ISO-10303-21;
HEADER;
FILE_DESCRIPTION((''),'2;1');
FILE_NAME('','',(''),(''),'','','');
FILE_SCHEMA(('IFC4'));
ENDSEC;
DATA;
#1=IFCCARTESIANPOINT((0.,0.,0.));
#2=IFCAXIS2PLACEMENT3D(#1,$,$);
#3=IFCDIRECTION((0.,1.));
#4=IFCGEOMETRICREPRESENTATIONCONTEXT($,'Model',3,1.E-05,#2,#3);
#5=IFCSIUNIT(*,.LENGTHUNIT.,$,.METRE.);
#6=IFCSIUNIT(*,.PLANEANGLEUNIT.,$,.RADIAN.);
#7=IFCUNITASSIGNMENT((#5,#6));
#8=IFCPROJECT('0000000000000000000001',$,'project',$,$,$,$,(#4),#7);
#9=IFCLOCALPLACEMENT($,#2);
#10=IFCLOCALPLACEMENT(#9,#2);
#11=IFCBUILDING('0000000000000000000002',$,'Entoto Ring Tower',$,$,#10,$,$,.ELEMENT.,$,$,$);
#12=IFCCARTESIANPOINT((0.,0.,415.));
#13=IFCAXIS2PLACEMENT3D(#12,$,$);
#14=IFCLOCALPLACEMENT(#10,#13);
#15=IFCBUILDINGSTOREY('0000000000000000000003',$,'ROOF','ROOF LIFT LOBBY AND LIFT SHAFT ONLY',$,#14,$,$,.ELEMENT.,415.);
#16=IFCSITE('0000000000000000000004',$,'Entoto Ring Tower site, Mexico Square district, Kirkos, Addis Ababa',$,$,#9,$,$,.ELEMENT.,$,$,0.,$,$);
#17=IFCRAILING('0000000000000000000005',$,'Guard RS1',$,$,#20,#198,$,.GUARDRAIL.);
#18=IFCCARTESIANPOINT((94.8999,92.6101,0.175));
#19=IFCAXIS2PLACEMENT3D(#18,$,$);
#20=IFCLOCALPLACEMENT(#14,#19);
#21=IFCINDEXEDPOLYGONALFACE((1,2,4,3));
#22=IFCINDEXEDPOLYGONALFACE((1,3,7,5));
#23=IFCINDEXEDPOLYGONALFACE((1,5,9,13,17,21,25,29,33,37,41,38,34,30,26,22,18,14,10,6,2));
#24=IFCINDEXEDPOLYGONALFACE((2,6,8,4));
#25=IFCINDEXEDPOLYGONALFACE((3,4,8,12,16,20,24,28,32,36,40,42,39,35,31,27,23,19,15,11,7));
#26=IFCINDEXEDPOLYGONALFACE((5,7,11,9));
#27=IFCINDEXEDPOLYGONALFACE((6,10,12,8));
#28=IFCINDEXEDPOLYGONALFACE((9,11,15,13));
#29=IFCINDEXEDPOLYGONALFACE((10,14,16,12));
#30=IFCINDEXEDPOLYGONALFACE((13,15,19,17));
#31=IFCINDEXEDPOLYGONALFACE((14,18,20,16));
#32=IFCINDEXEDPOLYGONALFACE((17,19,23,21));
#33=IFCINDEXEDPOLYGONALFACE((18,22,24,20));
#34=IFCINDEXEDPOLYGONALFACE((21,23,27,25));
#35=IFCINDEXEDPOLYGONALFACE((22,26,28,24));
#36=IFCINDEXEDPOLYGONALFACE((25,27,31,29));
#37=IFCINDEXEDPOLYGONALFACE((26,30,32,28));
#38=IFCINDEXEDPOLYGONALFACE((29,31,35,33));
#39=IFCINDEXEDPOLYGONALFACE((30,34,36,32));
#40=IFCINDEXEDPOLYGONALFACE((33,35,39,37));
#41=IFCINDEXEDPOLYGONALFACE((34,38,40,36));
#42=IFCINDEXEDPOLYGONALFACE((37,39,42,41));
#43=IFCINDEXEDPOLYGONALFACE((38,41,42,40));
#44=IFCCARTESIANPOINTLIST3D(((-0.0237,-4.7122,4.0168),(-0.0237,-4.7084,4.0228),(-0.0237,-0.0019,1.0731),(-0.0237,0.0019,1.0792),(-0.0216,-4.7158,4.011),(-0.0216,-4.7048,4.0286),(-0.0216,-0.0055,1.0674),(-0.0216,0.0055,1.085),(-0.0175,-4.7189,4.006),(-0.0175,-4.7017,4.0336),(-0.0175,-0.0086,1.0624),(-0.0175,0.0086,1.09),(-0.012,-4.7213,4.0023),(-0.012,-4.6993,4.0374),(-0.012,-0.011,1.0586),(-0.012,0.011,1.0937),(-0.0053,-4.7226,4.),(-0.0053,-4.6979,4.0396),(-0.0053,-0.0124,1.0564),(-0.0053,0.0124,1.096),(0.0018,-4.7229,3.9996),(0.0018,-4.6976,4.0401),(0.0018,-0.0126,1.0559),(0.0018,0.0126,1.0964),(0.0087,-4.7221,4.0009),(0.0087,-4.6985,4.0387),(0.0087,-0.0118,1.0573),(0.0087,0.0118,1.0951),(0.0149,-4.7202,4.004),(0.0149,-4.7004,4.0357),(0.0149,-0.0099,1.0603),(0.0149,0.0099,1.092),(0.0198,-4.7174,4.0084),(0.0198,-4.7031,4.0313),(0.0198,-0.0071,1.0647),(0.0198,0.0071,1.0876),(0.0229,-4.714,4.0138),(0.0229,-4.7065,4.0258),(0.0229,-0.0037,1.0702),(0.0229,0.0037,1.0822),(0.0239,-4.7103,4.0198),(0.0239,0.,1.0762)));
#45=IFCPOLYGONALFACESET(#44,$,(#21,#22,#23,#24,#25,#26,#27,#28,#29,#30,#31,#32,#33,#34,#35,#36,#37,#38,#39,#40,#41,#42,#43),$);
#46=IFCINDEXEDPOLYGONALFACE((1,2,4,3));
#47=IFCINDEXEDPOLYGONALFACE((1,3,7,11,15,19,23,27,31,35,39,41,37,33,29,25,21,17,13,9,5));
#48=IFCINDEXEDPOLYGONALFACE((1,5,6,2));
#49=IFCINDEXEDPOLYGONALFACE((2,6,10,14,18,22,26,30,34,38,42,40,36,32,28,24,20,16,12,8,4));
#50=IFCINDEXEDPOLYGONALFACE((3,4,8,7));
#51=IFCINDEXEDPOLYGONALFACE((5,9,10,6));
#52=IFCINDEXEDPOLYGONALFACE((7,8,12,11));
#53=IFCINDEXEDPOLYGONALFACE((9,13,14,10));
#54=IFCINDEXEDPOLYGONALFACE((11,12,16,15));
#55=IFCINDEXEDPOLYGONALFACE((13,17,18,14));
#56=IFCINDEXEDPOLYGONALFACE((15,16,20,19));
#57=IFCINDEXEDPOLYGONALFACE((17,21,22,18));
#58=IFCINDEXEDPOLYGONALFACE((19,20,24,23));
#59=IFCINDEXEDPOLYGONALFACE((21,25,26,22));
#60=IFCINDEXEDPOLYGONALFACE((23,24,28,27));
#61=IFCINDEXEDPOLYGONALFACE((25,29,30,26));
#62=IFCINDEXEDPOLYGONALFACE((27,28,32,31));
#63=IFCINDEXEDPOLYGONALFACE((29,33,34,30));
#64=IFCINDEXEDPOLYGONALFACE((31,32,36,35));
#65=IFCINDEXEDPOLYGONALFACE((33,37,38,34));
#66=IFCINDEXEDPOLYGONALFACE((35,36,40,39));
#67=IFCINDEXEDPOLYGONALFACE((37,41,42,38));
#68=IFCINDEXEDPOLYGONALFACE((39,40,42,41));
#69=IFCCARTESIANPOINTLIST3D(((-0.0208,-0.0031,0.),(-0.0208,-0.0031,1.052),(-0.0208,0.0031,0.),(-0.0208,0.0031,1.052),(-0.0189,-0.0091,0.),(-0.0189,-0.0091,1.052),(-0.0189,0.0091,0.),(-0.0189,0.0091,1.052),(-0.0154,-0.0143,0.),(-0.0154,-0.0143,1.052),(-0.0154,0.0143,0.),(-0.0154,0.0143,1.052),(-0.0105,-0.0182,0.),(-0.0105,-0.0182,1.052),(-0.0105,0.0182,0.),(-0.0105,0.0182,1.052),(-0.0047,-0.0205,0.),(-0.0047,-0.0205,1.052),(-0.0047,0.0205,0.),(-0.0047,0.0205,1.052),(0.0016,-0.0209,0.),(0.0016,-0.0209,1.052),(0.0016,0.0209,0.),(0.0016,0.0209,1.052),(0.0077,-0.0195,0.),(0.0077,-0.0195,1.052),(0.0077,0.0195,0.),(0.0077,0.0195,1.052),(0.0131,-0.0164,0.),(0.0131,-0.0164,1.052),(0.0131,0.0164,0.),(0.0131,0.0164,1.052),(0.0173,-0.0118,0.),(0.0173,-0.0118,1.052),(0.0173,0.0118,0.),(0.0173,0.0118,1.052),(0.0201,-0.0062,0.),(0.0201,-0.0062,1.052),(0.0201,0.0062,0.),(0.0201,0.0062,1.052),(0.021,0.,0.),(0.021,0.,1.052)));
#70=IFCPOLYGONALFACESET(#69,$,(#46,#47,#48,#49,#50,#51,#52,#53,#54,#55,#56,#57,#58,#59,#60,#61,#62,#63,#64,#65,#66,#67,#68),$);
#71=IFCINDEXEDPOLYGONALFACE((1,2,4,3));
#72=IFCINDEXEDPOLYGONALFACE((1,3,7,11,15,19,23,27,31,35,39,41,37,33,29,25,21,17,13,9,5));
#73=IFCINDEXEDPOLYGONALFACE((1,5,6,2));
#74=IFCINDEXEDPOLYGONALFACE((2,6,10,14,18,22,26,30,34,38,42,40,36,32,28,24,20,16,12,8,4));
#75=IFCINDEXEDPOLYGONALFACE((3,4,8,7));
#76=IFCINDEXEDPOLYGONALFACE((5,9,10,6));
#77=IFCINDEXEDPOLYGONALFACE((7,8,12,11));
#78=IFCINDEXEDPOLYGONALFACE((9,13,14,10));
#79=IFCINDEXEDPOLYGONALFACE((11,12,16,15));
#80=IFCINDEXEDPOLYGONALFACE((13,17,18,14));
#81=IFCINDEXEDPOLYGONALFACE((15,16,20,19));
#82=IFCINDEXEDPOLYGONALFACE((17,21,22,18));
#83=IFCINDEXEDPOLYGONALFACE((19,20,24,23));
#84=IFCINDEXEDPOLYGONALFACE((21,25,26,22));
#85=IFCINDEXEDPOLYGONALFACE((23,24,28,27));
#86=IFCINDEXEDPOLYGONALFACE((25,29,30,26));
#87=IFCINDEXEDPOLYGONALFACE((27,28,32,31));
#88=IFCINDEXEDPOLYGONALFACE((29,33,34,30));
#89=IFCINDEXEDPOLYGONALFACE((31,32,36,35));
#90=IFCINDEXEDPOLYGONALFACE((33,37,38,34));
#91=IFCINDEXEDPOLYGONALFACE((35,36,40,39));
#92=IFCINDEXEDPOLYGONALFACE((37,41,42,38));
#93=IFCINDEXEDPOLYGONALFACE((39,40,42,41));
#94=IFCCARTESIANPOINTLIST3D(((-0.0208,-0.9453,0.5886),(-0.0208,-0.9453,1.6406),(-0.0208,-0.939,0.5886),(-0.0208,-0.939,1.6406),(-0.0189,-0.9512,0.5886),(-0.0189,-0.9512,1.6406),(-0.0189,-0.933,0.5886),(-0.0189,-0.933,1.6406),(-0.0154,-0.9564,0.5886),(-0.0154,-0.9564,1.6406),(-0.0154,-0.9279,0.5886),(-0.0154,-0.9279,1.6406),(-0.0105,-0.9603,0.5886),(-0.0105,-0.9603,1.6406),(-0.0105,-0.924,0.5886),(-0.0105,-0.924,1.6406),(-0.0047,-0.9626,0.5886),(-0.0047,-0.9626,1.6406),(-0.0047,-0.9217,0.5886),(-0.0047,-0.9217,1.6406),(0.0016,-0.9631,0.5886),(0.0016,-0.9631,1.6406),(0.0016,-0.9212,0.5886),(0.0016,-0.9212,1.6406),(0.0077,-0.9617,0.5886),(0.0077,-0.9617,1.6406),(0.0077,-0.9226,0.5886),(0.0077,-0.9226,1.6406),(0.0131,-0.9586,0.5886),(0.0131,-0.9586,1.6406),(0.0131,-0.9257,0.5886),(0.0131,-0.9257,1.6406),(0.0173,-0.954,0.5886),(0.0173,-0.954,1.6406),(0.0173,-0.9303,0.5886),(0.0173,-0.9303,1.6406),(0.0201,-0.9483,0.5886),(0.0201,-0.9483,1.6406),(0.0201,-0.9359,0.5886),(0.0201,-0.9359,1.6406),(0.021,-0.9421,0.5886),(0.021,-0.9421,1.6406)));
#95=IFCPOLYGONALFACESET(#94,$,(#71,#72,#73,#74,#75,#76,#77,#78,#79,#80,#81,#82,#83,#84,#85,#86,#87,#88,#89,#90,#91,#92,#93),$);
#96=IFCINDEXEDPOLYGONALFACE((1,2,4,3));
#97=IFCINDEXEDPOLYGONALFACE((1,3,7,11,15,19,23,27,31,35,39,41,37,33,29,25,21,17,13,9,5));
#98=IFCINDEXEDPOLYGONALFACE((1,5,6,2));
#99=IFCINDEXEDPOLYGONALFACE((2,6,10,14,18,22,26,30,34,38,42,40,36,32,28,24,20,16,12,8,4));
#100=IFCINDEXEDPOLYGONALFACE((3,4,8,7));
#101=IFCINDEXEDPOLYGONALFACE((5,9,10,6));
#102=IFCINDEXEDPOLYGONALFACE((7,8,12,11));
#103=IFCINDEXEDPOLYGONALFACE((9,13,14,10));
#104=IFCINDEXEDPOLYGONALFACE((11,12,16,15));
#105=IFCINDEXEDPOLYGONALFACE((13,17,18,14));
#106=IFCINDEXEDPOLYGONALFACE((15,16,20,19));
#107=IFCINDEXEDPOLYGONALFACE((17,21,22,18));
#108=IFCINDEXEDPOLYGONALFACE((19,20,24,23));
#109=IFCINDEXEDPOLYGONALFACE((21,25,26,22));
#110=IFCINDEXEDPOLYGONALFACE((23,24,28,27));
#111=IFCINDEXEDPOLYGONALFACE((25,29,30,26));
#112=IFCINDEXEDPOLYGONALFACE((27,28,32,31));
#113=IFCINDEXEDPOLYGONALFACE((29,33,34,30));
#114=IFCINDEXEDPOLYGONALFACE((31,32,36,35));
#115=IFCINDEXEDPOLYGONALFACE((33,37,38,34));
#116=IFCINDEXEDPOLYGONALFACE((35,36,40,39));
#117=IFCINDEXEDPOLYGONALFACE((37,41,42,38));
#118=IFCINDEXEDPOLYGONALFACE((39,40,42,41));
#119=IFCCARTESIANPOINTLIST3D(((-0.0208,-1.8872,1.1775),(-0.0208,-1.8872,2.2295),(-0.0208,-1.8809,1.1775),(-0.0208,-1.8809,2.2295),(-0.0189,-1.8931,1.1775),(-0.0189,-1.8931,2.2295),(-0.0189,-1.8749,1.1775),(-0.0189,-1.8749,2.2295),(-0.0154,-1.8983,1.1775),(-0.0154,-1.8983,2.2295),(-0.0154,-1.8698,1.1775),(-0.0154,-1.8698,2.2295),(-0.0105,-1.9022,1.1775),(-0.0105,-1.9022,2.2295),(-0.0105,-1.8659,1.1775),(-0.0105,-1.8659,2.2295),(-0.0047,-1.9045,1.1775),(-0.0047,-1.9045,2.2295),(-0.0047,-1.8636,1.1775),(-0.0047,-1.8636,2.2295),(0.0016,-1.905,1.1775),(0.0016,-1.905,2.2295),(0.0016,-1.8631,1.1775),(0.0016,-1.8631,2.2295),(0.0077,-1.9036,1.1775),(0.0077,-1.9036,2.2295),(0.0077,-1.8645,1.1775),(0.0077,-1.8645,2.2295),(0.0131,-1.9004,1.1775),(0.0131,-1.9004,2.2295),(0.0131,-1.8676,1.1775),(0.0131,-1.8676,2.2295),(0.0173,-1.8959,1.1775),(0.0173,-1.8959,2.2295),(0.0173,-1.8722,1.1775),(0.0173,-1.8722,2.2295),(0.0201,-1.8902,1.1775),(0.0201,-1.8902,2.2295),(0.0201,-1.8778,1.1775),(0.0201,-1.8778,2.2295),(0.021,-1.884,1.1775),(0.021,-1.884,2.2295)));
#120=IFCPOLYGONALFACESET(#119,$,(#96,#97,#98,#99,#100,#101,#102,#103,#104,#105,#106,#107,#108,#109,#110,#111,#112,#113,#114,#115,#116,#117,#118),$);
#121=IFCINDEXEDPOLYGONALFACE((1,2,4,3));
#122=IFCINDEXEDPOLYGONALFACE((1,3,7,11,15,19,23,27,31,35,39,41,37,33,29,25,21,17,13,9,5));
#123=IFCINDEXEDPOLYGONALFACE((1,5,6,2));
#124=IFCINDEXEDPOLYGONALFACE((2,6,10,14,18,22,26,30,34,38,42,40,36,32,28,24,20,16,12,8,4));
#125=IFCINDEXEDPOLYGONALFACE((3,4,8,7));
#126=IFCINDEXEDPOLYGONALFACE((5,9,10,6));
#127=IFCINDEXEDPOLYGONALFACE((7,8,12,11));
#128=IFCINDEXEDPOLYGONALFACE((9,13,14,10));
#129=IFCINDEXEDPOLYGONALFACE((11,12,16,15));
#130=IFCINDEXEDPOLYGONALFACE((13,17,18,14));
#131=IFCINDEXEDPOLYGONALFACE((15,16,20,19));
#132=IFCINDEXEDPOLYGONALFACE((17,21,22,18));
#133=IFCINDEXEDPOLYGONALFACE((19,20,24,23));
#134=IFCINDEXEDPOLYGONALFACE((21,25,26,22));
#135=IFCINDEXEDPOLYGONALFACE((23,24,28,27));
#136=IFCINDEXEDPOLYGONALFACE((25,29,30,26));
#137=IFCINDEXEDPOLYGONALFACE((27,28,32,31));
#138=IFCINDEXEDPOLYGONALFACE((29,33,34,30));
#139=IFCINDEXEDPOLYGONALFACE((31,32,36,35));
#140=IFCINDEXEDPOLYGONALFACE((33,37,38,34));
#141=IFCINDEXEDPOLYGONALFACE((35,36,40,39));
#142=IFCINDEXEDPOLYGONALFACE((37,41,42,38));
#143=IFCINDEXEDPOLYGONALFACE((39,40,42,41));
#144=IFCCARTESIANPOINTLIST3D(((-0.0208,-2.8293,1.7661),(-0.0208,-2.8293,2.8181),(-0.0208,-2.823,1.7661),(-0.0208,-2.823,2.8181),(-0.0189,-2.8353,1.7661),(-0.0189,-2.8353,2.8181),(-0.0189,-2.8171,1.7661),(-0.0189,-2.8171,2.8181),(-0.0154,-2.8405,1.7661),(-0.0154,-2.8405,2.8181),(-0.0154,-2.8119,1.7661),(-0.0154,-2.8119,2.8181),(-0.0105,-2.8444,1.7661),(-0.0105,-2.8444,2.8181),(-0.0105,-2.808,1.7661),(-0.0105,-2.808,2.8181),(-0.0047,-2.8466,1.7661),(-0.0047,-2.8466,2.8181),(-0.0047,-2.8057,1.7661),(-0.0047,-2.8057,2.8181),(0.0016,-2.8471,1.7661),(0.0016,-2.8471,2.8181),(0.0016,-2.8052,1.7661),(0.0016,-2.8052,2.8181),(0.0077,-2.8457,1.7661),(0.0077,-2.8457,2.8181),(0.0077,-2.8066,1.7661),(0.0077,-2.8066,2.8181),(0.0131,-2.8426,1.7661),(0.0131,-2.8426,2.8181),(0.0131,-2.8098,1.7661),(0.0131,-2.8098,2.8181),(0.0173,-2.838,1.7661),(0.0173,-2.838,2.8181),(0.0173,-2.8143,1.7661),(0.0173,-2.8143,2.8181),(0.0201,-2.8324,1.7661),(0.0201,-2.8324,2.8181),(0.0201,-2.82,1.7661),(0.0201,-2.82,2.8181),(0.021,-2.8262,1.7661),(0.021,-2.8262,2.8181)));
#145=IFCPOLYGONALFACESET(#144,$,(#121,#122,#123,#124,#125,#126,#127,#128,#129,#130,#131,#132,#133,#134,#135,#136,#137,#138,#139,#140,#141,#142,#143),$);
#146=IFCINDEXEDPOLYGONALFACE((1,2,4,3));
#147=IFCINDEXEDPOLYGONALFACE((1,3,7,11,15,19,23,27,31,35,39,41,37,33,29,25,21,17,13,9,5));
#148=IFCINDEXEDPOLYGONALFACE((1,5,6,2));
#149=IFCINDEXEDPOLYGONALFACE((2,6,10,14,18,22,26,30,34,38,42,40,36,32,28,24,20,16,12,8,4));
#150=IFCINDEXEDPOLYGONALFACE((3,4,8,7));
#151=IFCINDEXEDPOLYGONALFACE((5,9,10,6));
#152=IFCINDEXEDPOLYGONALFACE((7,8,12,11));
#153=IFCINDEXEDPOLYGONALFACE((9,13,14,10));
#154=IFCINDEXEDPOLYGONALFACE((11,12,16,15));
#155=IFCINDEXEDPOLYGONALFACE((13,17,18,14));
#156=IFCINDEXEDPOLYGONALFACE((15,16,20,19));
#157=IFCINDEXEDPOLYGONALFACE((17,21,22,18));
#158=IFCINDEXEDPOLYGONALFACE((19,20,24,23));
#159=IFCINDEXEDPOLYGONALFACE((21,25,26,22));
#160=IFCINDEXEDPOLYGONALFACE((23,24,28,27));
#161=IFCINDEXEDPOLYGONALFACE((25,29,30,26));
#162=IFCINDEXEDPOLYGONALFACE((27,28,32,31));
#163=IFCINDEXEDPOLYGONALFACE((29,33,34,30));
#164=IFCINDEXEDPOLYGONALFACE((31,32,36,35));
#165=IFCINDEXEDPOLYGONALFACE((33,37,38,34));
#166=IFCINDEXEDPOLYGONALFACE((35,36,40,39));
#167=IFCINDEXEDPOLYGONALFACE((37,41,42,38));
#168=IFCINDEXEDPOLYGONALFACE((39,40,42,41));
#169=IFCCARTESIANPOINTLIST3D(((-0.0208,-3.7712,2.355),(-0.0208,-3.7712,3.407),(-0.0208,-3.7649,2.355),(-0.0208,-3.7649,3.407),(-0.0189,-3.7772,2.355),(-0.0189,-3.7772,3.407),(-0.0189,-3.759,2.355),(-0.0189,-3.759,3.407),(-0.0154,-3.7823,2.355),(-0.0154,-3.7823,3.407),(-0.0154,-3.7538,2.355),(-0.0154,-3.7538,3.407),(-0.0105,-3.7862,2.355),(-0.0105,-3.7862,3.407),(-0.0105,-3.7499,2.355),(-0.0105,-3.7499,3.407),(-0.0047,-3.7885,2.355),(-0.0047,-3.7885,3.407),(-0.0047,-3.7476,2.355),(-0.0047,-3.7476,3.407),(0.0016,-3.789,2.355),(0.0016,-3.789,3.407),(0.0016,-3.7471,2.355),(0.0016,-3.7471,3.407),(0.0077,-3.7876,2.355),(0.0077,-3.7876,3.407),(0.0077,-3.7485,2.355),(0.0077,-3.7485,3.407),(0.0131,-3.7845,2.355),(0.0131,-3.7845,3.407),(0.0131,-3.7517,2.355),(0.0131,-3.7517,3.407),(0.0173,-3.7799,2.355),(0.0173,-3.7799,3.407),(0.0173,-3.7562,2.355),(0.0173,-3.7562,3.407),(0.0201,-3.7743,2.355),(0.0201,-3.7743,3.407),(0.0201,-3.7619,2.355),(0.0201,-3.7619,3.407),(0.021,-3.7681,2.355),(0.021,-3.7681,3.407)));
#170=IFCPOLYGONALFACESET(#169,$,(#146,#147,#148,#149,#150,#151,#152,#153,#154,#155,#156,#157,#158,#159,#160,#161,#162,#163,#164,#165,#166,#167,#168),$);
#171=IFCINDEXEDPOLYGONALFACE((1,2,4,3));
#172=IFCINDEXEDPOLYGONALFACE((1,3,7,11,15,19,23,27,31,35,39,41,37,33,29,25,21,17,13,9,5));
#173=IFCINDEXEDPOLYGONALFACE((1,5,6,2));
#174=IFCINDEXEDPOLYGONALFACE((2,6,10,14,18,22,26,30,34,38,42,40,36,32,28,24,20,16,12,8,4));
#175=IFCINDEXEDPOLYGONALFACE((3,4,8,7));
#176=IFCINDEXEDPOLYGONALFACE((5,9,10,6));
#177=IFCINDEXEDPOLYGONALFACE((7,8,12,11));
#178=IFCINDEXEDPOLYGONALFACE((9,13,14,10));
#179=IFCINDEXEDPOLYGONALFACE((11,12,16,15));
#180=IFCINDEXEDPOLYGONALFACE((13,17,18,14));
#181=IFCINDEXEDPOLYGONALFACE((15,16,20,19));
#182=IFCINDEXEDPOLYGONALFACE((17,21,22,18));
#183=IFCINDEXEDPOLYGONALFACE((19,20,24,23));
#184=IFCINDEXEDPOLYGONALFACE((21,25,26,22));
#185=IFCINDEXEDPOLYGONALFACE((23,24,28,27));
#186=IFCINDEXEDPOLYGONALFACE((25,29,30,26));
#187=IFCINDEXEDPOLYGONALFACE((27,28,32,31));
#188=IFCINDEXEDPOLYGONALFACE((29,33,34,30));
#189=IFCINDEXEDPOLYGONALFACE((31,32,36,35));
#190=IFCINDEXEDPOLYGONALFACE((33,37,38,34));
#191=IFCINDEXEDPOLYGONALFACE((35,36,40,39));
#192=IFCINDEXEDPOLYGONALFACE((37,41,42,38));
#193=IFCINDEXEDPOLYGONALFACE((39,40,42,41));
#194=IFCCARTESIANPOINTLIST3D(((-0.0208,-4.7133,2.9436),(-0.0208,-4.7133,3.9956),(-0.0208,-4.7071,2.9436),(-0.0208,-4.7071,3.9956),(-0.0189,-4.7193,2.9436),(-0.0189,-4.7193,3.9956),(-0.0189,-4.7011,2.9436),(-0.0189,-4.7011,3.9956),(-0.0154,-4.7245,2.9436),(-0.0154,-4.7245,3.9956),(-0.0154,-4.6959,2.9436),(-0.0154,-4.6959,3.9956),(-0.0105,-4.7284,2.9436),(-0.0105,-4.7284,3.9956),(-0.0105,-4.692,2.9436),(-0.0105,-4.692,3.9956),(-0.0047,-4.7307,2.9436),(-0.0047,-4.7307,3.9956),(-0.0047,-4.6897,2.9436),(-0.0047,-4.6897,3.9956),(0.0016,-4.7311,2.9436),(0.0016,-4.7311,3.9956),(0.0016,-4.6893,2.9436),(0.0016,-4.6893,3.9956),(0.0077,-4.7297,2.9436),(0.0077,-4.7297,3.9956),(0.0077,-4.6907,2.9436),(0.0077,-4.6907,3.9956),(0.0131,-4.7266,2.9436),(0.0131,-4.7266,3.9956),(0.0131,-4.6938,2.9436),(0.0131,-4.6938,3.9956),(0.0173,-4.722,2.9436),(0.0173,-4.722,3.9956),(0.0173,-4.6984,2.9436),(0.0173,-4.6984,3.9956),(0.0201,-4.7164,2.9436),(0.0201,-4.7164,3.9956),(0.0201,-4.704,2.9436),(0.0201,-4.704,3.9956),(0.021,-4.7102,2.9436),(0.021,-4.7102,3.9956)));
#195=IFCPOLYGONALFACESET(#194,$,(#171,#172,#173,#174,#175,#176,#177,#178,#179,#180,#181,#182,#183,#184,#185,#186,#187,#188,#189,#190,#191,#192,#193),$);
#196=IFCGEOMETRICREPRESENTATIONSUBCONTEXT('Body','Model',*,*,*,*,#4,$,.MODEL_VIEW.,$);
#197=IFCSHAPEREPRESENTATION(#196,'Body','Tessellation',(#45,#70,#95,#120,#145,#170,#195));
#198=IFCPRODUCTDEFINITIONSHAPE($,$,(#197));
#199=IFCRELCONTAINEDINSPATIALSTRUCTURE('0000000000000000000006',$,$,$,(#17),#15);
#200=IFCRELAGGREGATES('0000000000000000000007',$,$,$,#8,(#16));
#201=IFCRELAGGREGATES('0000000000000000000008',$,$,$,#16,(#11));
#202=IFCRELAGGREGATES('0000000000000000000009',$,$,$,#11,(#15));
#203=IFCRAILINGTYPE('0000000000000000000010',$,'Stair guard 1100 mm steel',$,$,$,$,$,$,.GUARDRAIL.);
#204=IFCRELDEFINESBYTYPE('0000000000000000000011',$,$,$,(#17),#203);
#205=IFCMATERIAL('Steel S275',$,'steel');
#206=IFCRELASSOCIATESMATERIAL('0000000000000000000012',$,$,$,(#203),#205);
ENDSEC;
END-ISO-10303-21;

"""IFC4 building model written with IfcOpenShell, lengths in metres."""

from ifc_helpers import new_model, si_unit, direction, frame, origin, origin_2d, place, context, subcontext, project, spatial, circle, extrude, material, type_object, element, save


model = new_model("IFC4")

# Units and contexts
model_context = context("Model", 3, precision=1e-05, world=origin(), true_north=direction((0.0, 1.0)))
body_context = subcontext(model_context, "Body", "Model", "MODEL_VIEW")
ifc_project = project(units=[si_unit("LENGTHUNIT", "METRE"), si_unit("PLANEANGLEUNIT", "RADIAN")], contexts=[model_context])

# Site, building, storey
site_placement = place(None, origin())
site = spatial("IfcSite", under=ifc_project, at=site_placement, Name="Entoto Ring Tower site, Mexico Square district, Kirkos, Addis Ababa", CompositionType="ELEMENT", RefElevation=0.0)
building_placement = place(site_placement, origin())
building = spatial("IfcBuilding", under=site, at=building_placement, Name="Entoto Ring Tower", CompositionType="ELEMENT")
storey_placement = place(building_placement, frame((0.0, 0.0, 415.0)))
storey = spatial("IfcBuildingStorey", under=building, at=storey_placement, Name="ROOF", Description="ROOF LIFT LOBBY AND LIFT SHAFT ONLY", CompositionType="ELEMENT", Elevation=415.0)

# Railing
ifc_material_1 = material(Name="Steel S275", Category="steel")
railing_type_1 = type_object("IfcRailingType", Name="Stair guard 1100 mm steel", PredefinedType="GUARDRAIL", material=ifc_material_1)
for number, where, name in (
    (1, (94.8999, 92.6101, 0.175), "Guard RS1"),
):
    element("IfcRailing", number, at=place(storey_placement, frame(where)), inside=storey, type_object=railing_type_1, Name=name, PredefinedType="GUARDRAIL", context=body_context, shape_type="SweptSolid", body=[
        extrude(circle(Radius=0.0239, at=origin_2d()), frame((0.0, 0.0, 1.0762), z_axis=(0.0, -0.848021, 0.529963), x_axis=(1.0, 0.0, 0.0)), (0.0, 0.0, 1.0), 5.5544),
        extrude(circle(Radius=0.021, at=origin_2d()), origin(), (0.0, 0.0, 1.0), 1.052),
        extrude(circle(Radius=0.021, at=origin_2d()), frame((0.0, -0.9421, 0.5886)), (0.0, 0.0, 1.0), 1.052),
        extrude(circle(Radius=0.021, at=origin_2d()), frame((0.0, -1.884, 1.1775)), (0.0, 0.0, 1.0), 1.052),
        extrude(circle(Radius=0.021, at=origin_2d()), frame((0.0, -2.8262, 1.7661)), (0.0, 0.0, 1.0), 1.052),
        extrude(circle(Radius=0.021, at=origin_2d()), frame((0.0, -3.7681, 2.355)), (0.0, 0.0, 1.0), 1.052),
        extrude(circle(Radius=0.021, at=origin_2d()), frame((0.0, -4.7102, 2.9436)), (0.0, 0.0, 1.0), 1.052),
    ])

save(model, "model.ifc")
